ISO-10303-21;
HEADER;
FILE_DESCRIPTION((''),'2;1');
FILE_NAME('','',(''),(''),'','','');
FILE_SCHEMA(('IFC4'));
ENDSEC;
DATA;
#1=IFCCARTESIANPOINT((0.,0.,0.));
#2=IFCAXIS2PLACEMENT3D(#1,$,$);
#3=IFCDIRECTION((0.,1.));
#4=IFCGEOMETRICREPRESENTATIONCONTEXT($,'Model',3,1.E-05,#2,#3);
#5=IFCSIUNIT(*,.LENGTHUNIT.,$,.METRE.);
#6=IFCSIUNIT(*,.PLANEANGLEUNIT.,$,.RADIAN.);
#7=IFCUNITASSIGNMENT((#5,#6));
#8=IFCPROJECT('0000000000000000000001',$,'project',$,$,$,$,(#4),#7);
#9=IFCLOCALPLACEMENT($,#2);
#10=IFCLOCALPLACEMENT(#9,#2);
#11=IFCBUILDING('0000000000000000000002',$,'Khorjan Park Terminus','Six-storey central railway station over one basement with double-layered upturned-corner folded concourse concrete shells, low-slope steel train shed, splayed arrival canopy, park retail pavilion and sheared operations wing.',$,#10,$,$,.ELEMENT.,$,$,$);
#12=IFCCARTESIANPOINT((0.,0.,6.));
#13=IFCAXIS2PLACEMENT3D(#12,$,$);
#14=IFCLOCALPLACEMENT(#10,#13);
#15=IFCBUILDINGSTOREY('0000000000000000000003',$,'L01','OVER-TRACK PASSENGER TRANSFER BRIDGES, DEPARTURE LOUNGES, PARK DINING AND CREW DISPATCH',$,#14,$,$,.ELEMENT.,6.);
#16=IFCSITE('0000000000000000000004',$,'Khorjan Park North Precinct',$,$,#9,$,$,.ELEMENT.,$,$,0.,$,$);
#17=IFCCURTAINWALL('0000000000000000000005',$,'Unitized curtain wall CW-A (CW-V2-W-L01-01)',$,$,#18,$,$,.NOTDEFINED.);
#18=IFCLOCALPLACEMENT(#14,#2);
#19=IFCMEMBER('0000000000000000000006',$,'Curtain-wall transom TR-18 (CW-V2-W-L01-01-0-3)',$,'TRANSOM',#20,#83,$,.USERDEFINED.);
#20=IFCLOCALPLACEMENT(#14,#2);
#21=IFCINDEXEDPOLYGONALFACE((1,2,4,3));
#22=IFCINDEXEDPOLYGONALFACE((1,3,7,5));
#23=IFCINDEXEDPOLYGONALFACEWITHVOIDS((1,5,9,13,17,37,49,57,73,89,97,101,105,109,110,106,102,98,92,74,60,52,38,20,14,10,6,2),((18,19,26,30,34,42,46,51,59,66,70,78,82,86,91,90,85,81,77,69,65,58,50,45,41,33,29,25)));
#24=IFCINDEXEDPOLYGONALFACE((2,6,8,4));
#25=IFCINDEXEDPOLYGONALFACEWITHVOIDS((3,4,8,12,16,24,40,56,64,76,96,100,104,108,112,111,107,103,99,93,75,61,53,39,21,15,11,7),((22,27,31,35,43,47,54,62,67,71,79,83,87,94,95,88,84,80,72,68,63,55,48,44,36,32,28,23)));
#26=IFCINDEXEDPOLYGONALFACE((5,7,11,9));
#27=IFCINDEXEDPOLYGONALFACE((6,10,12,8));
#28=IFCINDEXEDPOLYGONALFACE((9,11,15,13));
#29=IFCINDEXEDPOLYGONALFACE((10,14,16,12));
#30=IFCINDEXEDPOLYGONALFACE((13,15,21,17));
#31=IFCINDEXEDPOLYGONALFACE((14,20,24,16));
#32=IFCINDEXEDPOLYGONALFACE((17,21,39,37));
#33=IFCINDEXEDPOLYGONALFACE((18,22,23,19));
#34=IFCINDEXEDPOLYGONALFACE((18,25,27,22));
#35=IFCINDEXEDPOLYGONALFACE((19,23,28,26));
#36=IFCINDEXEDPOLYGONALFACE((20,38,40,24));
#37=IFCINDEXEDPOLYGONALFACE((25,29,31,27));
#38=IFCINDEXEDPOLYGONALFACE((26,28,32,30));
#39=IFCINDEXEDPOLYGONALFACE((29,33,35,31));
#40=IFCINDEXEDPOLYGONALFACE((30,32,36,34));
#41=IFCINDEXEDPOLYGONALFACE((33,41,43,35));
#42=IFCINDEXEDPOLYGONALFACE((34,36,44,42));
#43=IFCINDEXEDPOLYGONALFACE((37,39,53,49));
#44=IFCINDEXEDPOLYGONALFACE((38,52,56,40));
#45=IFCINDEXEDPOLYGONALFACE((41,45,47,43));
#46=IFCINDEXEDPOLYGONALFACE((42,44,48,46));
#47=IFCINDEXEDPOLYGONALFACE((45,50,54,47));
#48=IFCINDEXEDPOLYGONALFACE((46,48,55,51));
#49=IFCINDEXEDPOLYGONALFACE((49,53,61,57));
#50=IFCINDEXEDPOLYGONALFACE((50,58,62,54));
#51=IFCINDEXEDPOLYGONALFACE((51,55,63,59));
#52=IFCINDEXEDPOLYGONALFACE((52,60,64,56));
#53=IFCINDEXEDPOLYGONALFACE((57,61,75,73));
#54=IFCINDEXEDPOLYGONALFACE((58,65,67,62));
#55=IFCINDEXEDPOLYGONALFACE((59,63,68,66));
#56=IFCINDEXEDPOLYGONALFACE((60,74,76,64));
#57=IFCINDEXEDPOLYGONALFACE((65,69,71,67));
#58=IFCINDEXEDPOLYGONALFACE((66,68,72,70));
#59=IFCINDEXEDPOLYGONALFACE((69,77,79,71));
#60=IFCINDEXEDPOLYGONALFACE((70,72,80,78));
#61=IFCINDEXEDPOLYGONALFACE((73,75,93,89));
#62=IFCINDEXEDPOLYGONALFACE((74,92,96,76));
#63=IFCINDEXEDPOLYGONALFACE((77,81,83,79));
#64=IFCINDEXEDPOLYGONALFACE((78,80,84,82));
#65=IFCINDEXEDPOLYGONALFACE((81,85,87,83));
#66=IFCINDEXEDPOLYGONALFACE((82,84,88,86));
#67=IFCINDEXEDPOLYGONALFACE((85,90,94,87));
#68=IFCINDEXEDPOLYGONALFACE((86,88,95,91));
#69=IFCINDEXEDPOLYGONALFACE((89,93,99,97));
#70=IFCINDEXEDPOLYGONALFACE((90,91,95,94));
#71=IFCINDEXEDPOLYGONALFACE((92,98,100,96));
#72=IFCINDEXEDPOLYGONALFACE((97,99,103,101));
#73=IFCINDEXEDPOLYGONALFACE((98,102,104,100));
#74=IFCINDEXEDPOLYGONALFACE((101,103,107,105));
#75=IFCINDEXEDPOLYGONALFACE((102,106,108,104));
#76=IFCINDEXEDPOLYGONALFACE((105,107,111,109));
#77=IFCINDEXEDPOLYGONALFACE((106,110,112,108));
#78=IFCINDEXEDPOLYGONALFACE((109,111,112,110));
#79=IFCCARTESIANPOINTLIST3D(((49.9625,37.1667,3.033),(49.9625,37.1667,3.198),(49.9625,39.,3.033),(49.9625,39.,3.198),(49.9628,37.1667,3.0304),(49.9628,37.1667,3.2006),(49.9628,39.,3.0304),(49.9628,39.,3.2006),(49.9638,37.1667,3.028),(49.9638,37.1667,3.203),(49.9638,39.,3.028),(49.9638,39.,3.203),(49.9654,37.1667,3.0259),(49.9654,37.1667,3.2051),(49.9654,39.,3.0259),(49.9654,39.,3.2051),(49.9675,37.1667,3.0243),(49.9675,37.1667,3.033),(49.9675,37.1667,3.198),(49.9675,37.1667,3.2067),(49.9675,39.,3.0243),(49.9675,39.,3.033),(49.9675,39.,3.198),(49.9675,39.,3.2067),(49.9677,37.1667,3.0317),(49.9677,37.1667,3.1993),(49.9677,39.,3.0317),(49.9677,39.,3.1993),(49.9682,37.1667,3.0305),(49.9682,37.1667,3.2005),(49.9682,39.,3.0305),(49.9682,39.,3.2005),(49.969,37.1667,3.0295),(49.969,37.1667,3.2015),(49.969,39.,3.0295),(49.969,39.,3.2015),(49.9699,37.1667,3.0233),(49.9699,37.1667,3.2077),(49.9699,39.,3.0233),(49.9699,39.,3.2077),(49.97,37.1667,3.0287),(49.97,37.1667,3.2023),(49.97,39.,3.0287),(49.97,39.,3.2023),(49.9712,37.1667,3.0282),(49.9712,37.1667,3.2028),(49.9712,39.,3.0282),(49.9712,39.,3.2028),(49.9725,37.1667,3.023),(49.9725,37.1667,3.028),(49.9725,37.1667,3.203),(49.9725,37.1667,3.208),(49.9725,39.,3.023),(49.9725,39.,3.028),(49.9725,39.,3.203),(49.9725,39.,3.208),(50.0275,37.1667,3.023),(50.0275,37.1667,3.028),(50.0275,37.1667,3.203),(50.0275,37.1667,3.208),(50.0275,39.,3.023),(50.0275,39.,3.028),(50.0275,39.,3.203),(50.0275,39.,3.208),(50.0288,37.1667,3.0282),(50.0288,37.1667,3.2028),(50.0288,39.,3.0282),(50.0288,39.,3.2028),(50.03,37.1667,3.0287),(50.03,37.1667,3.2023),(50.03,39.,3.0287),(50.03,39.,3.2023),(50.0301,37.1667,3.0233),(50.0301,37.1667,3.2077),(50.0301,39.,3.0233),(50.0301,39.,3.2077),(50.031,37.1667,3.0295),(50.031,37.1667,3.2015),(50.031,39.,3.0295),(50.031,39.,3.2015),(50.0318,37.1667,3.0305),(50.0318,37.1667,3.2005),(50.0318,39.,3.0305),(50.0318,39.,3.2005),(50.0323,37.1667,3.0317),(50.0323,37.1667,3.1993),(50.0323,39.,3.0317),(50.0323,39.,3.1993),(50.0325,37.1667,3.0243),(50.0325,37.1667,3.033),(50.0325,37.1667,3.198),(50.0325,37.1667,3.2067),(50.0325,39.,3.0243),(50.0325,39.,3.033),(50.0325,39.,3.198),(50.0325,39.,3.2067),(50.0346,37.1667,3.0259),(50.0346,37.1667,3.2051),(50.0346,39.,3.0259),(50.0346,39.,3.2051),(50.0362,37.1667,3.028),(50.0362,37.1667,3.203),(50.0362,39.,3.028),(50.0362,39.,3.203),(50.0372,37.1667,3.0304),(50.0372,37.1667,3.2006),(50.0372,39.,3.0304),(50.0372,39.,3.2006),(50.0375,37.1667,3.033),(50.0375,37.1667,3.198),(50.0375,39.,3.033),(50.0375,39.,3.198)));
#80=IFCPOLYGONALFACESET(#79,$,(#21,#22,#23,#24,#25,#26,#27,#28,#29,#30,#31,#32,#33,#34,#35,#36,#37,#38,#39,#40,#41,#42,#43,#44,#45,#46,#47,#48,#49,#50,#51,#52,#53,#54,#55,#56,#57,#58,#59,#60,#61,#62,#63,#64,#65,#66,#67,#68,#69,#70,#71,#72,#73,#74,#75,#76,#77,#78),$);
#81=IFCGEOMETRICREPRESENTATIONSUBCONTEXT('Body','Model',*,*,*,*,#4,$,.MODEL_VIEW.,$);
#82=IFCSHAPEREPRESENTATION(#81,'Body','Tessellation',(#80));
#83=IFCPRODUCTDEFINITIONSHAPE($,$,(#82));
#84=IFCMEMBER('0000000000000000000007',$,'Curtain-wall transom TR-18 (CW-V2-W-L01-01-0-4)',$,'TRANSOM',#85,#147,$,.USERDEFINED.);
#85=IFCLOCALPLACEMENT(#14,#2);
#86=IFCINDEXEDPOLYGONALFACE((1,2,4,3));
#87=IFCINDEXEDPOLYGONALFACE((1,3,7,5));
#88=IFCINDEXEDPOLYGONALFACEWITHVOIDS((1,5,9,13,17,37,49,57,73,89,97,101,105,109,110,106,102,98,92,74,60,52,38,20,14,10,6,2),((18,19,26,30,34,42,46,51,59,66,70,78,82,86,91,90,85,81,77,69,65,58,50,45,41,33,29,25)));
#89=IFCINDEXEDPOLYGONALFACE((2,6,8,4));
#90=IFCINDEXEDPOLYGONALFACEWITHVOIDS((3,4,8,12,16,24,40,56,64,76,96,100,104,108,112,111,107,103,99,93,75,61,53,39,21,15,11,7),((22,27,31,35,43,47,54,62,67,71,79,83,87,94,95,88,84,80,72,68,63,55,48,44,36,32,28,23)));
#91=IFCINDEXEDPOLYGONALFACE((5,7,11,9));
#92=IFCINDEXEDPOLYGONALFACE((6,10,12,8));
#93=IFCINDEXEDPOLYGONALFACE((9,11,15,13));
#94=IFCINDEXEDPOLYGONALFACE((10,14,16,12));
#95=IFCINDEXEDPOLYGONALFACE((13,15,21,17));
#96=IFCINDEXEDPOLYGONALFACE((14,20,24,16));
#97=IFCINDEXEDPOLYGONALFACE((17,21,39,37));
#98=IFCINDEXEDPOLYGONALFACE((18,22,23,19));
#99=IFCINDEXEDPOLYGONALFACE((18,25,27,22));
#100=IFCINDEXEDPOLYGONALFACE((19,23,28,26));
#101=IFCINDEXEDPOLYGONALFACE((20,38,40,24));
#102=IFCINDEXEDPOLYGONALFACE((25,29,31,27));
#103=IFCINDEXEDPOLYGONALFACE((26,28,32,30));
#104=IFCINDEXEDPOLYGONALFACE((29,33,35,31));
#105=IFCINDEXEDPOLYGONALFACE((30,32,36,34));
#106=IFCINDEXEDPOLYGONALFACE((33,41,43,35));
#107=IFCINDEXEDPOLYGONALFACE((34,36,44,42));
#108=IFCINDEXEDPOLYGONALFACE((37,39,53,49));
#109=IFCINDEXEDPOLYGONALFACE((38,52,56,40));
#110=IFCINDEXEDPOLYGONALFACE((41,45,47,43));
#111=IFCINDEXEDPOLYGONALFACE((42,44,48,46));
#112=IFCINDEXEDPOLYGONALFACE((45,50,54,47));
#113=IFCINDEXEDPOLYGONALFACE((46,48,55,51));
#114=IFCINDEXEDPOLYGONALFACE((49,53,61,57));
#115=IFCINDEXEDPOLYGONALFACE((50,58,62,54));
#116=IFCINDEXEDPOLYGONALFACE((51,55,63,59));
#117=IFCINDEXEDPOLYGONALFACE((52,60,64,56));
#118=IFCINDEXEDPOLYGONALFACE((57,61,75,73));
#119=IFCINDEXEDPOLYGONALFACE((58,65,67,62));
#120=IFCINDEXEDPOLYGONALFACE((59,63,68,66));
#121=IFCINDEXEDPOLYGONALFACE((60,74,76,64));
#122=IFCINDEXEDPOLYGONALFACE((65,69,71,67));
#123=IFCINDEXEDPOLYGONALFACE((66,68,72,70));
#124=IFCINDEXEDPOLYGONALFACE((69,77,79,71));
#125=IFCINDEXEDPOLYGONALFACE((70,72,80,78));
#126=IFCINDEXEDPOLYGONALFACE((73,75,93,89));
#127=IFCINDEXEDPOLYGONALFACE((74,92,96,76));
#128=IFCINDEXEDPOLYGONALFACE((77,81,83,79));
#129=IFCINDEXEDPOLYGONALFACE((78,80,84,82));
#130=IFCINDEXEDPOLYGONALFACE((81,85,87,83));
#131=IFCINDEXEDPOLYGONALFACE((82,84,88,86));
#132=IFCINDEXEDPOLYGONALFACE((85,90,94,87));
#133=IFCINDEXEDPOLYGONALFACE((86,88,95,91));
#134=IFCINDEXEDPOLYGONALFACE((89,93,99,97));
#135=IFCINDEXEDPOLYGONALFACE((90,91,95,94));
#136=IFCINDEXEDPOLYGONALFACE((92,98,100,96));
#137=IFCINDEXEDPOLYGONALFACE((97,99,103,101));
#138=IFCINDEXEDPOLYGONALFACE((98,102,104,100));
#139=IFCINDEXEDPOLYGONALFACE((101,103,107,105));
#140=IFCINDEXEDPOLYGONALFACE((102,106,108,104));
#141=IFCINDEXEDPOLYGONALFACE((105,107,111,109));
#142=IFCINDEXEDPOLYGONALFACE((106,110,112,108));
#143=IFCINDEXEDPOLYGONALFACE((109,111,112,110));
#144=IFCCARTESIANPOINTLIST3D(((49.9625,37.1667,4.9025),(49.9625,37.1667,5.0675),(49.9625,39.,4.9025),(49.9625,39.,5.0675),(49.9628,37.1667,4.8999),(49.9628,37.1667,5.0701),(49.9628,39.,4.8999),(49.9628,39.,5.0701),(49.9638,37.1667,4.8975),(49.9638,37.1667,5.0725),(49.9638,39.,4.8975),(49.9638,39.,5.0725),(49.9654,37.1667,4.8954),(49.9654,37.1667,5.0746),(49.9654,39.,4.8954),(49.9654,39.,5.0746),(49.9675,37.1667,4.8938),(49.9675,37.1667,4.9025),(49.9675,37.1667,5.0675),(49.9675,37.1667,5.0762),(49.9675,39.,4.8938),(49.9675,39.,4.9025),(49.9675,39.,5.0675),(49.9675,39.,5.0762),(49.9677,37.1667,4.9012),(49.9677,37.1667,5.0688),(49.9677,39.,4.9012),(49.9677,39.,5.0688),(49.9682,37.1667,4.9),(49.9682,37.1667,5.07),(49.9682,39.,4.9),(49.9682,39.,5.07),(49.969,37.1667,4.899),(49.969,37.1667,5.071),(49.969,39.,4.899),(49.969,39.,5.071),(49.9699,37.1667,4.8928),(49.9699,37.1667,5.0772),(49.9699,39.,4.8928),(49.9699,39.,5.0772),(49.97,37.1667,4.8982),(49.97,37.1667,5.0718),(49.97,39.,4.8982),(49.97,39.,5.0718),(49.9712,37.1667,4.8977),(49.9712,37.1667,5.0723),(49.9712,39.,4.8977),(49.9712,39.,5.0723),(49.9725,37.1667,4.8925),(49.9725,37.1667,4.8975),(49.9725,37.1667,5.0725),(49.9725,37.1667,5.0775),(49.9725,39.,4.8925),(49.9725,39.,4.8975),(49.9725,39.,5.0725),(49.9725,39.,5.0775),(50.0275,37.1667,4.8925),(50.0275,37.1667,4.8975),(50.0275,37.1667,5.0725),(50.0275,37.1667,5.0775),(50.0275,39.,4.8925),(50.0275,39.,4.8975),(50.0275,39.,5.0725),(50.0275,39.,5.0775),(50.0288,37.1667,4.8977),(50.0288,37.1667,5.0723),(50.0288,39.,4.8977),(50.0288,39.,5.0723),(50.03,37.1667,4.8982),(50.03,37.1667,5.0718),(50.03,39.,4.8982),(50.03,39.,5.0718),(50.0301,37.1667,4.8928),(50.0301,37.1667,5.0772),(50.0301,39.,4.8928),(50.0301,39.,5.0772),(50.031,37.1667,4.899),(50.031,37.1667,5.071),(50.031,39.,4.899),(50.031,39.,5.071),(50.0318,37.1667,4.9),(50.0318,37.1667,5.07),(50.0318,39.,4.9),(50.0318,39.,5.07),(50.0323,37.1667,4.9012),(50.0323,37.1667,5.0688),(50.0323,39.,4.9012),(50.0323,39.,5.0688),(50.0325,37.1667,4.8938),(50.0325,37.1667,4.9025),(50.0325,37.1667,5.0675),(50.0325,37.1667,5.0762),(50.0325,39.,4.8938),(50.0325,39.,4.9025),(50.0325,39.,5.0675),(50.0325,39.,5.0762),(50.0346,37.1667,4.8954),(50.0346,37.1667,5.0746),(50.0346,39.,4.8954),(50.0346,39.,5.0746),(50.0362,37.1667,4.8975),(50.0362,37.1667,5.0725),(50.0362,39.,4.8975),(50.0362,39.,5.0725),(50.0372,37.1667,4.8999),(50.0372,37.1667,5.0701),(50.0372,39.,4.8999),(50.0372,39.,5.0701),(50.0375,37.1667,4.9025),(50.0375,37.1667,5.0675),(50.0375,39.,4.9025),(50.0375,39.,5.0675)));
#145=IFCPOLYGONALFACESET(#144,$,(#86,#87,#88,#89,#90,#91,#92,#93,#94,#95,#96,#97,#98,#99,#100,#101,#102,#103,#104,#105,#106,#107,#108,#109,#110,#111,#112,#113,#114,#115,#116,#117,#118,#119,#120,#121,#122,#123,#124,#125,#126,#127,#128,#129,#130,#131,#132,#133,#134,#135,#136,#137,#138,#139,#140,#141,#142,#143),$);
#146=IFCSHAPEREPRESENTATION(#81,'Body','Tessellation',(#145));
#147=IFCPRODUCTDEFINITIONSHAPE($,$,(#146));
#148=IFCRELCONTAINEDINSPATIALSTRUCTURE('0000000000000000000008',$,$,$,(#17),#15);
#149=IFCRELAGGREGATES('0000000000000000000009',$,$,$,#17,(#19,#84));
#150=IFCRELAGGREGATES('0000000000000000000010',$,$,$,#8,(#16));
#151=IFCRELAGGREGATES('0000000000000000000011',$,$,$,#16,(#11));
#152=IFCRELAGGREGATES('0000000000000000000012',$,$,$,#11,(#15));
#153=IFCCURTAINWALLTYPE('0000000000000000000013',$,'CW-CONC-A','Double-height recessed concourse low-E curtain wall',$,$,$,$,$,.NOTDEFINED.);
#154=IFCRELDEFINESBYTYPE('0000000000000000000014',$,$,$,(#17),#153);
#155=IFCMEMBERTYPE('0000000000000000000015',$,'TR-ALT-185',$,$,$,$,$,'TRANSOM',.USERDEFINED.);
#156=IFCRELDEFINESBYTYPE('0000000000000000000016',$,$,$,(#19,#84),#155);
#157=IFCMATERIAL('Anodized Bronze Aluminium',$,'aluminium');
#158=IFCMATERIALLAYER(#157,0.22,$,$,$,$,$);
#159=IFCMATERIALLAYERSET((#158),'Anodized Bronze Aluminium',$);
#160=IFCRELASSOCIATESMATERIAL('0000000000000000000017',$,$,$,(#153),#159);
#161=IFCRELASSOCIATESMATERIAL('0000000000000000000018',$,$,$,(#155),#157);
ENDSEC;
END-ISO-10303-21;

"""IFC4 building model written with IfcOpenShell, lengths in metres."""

from ifc_helpers import new_model, si_unit, direction, frame, origin, origin_2d, place, context, subcontext, project, spatial, hollow_rectangle, extrude, material, layer, layer_set, material_profile, profile_set, type_object, element, aggregate, save


model = new_model("IFC4")

# Units and contexts
model_context = context("Model", 3, precision=1e-05, world=origin(), true_north=direction((0.0, 1.0)))
body_context = subcontext(model_context, "Body", "Model", "MODEL_VIEW")
ifc_project = project(units=[si_unit("LENGTHUNIT", "METRE"), si_unit("PLANEANGLEUNIT", "RADIAN")], contexts=[model_context])

# Site, building, storey
site_placement = place(None, origin())
site = spatial("IfcSite", under=ifc_project, at=site_placement, Name="Khorjan Park North Precinct", CompositionType="ELEMENT", RefElevation=0.0)
building_placement = place(site_placement, origin())
building = spatial("IfcBuilding", under=site, at=building_placement, Name="Khorjan Park Terminus", Description="Six-storey central railway station over one basement with double-layered upturned-corner folded concourse concrete shells, low-slope steel train shed, splayed arrival canopy, park retail pavilion and sheared operations wing.", CompositionType="ELEMENT")
storey_placement = place(building_placement, frame((0.0, 0.0, 6.0)))
storey = spatial("IfcBuildingStorey", under=building, at=storey_placement, Name="L01", Description="OVER-TRACK PASSENGER TRANSFER BRIDGES, DEPARTURE LOUNGES, PARK DINING AND CREW DISPATCH", CompositionType="ELEMENT", Elevation=6.0)

# Curtain wall, members
ifc_material_1 = material(Name="Anodized Bronze Aluminium", Category="aluminium")
ifc_layer_1 = layer(ifc_material_1, 0.22)
ifc_layer_set_1 = layer_set([ifc_layer_1], Name="Anodized Bronze Aluminium")
curtain_wall_type = type_object("IfcCurtainWallType", Name="CW-CONC-A", Description="Double-height recessed concourse low-E curtain wall", PredefinedType="NOTDEFINED", material=ifc_layer_set_1)
curtain_wall_placement = place(storey_placement, origin())
curtain_wall = element("IfcCurtainWall", 1, at=curtain_wall_placement, inside=storey, type_object=curtain_wall_type, Name="Unitized curtain wall CW-A (CW-V2-W-L01-01)", PredefinedType="NOTDEFINED")
ifc_material_profile_1 = material_profile(ifc_material_1, hollow_rectangle(XDim=0.075, YDim=0.185, WallThickness=0.005, InnerFilletRadius=0.005, OuterFilletRadius=0.01, at=origin_2d()), Name="ALT 75x185x5")
ifc_profile_set_1 = profile_set([ifc_material_profile_1], Name="Anodized Bronze Aluminium")
member_type_1 = type_object("IfcMemberType", Name="TR-ALT-185", ElementType="TRANSOM", PredefinedType="USERDEFINED", material=ifc_profile_set_1)
member_1_placement = place(storey_placement, frame((50.0, 39.0, 3.1155), z_axis=(0.0, -1.0, 0.0), x_axis=(1.0, 0.0, 0.0)))
member_1 = element("IfcMember", 2, at=member_1_placement, type_object=member_type_1, Name="Curtain-wall transom TR-18 (CW-V2-W-L01-01-0-3)", ObjectType="TRANSOM", PredefinedType="USERDEFINED", context=body_context, shape_type="SweptSolid", body=[
    extrude(hollow_rectangle(XDim=0.075, YDim=0.185, WallThickness=0.005, InnerFilletRadius=0.005, OuterFilletRadius=0.01, at=origin_2d()), origin(), (0.0, 0.0, 1.0), 1.8333),
])
member_2_placement = place(storey_placement, frame((50.0, 39.0, 4.985), z_axis=(0.0, -1.0, 0.0), x_axis=(1.0, 0.0, 0.0)))
member_2 = element("IfcMember", 3, at=member_2_placement, type_object=member_type_1, Name="Curtain-wall transom TR-18 (CW-V2-W-L01-01-0-4)", ObjectType="TRANSOM", PredefinedType="USERDEFINED", context=body_context, shape_type="SweptSolid", body=[
    extrude(hollow_rectangle(XDim=0.075, YDim=0.185, WallThickness=0.005, InnerFilletRadius=0.005, OuterFilletRadius=0.01, at=origin_2d()), origin(), (0.0, 0.0, 1.0), 1.8333),
])
aggregate(curtain_wall, [member_1, member_2])

save(model, "model.ifc")
